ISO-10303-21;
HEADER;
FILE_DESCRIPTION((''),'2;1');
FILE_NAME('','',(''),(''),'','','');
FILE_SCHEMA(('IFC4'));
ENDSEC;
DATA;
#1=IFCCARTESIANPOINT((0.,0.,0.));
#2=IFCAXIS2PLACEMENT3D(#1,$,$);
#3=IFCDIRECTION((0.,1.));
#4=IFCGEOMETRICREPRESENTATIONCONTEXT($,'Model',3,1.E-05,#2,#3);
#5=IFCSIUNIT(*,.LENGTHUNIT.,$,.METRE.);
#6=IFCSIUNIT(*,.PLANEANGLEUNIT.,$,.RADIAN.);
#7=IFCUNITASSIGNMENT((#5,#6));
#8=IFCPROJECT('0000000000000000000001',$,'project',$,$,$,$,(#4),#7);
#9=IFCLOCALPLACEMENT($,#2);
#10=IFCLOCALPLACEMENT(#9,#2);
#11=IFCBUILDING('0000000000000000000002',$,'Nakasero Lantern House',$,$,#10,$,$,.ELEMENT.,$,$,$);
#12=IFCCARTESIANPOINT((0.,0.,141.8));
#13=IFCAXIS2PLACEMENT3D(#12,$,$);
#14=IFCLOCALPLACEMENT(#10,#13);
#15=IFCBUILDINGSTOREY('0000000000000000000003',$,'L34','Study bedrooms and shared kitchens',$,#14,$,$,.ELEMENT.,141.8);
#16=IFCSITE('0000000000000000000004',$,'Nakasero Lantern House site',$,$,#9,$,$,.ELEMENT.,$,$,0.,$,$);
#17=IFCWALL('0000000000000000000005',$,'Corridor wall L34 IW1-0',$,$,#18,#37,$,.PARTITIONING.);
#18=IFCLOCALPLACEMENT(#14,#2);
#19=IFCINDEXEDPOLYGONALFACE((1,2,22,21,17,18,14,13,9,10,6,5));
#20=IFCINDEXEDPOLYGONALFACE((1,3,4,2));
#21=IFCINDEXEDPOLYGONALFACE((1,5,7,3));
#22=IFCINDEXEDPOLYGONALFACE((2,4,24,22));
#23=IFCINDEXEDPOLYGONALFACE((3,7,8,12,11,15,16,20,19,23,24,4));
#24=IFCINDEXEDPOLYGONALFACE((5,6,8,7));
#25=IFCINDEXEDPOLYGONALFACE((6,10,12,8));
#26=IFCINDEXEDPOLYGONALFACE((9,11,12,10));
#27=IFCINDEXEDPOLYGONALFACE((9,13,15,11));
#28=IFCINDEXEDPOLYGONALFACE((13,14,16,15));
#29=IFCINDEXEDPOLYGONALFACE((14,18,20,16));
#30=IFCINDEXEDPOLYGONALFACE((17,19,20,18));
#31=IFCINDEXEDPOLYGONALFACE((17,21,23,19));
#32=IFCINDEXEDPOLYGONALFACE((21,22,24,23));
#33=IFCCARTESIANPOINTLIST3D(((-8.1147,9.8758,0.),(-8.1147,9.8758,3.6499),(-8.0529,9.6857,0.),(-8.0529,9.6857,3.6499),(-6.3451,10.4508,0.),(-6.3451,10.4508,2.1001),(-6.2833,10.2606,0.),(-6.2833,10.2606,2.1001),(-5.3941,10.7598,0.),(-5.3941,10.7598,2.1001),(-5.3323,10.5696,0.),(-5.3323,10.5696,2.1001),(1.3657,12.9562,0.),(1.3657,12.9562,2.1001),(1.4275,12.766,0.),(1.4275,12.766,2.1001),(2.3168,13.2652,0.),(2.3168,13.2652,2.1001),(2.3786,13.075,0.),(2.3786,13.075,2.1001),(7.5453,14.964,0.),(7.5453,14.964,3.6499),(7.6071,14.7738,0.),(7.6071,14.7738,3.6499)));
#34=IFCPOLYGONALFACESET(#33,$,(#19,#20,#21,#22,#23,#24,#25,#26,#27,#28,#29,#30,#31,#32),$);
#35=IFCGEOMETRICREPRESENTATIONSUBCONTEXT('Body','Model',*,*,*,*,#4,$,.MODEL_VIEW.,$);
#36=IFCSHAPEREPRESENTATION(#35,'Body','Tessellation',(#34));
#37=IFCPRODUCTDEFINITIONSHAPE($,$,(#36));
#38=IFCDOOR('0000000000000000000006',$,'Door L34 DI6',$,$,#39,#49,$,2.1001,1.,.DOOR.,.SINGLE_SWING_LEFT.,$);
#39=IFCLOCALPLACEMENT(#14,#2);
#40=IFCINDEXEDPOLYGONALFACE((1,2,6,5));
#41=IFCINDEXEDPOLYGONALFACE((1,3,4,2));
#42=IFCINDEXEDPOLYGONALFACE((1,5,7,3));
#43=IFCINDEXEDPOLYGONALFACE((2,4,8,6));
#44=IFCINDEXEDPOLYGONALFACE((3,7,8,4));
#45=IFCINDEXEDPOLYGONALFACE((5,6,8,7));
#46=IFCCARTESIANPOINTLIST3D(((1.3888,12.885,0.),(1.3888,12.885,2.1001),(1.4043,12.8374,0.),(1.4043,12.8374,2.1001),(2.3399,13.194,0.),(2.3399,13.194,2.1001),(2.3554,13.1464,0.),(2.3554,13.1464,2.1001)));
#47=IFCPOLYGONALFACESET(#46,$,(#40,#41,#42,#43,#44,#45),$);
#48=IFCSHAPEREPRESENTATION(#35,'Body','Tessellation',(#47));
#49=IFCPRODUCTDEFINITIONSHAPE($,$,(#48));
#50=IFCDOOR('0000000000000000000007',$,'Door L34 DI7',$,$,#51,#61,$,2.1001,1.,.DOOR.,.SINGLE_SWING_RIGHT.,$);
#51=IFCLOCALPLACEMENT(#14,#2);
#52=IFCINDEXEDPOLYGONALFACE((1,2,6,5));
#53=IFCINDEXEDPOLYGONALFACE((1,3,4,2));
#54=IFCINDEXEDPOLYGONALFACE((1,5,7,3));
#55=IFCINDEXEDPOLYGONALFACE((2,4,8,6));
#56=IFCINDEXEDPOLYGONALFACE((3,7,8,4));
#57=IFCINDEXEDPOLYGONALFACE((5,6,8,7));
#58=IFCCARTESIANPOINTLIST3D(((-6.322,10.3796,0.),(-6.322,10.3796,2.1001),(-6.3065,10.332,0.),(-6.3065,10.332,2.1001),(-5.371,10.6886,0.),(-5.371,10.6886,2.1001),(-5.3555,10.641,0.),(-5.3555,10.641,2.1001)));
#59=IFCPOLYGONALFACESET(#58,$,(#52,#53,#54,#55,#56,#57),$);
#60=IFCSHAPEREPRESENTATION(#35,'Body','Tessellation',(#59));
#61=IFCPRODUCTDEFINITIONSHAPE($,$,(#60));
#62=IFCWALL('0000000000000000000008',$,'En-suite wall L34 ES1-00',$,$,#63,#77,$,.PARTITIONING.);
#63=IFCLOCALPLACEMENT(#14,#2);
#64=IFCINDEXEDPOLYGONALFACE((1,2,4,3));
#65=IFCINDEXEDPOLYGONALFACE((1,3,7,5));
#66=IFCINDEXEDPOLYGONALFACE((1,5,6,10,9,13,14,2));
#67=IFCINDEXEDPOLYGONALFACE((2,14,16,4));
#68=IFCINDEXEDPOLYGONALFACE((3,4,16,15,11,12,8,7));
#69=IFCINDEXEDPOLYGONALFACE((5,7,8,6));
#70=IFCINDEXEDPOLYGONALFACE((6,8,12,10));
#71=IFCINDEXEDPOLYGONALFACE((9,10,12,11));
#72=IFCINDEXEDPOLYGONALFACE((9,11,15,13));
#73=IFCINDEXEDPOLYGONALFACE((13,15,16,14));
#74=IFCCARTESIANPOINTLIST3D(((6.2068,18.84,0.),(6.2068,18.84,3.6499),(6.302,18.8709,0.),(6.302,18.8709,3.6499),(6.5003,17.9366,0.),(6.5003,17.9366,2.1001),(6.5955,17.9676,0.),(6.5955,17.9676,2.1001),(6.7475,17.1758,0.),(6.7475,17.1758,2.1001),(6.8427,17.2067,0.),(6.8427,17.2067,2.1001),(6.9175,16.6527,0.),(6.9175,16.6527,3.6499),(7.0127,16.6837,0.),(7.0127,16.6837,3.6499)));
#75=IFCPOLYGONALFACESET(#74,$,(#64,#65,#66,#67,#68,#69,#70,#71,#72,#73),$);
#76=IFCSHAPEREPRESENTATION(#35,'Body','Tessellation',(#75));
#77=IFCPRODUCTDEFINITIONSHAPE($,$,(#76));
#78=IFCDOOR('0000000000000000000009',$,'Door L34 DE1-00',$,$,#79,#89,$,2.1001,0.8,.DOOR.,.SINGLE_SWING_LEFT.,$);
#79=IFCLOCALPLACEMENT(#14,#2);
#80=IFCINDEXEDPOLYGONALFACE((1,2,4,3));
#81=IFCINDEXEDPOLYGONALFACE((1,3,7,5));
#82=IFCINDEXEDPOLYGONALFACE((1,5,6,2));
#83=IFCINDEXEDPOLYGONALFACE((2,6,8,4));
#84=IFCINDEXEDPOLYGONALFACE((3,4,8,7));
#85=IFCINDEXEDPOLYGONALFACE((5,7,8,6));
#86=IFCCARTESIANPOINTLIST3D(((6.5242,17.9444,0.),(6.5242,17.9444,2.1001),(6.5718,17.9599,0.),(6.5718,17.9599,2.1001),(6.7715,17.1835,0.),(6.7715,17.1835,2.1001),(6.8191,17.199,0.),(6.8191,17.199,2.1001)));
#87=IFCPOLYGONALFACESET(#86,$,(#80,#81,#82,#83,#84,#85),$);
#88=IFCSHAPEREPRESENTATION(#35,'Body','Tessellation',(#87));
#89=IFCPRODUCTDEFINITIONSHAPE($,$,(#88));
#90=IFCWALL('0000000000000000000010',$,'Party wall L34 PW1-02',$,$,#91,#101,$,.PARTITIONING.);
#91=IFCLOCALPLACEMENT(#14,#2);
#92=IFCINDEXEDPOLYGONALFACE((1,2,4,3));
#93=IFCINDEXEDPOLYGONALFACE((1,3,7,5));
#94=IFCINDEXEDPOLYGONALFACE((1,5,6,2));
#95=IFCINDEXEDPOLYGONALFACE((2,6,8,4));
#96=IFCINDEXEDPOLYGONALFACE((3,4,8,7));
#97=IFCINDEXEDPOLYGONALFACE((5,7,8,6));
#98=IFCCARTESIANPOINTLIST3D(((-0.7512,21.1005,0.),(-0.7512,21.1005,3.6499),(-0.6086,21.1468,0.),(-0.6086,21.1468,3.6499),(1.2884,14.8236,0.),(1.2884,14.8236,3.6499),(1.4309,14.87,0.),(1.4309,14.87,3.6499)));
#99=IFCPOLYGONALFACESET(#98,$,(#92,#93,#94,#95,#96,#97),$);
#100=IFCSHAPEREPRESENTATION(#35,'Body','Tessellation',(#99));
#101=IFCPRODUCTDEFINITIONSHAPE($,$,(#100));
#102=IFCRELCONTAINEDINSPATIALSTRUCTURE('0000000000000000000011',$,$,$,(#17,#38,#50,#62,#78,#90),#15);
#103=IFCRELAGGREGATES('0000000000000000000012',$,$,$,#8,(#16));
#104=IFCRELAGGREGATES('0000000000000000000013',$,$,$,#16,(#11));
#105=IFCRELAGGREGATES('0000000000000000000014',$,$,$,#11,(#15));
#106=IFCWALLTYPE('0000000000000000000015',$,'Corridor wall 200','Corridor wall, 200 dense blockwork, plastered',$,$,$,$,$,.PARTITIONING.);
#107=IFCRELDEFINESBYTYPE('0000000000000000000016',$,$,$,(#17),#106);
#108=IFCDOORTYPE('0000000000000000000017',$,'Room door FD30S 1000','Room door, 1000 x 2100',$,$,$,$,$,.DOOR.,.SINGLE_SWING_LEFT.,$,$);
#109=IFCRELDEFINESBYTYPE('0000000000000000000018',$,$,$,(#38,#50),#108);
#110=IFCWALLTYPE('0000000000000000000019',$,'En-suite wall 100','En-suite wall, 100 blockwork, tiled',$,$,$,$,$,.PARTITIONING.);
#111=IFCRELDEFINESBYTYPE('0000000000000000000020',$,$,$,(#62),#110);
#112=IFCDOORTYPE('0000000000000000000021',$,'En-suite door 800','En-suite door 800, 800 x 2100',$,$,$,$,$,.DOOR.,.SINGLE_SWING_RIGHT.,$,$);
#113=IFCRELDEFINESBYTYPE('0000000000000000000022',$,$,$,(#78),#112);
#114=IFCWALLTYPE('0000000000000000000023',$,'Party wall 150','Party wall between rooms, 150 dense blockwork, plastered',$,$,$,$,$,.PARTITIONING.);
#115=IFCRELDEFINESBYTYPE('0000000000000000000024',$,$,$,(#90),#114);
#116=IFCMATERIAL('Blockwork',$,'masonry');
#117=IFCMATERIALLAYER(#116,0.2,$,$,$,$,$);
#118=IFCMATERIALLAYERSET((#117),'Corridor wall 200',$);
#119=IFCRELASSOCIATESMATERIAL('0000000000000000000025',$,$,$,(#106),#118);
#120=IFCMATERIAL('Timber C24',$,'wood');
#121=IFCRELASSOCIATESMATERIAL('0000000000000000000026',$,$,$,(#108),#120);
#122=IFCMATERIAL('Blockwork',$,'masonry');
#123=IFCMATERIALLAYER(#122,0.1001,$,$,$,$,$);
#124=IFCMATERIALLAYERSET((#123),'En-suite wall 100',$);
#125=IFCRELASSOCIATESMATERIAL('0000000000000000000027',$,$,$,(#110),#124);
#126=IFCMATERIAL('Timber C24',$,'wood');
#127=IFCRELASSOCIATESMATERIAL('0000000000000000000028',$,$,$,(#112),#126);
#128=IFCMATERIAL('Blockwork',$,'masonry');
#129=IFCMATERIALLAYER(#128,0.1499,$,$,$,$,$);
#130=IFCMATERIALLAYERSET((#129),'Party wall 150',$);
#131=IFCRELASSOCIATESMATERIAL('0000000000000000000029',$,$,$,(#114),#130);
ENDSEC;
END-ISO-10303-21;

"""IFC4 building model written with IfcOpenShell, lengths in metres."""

from ifc_helpers import new_model, si_unit, direction, frame, frame_2d, origin, place, context, subcontext, project, spatial, rectangle, extrude, material, layer, layer_set, type_object, element, fill, save


model = new_model("IFC4")

# Units and contexts
model_context = context("Model", 3, precision=1e-05, world=origin(), true_north=direction((0.0, 1.0)))
body_context = subcontext(model_context, "Body", "Model", "MODEL_VIEW")
ifc_project = project(units=[si_unit("LENGTHUNIT", "METRE"), si_unit("PLANEANGLEUNIT", "RADIAN")], contexts=[model_context])

# Site, building, storey
site_placement = place(None, origin())
site = spatial("IfcSite", under=ifc_project, at=site_placement, Name="Nakasero Lantern House site", CompositionType="ELEMENT", RefElevation=0.0)
building_placement = place(site_placement, origin())
building = spatial("IfcBuilding", under=site, at=building_placement, Name="Nakasero Lantern House", CompositionType="ELEMENT")
storey_placement = place(building_placement, frame((0.0, 0.0, 141.8)))
storey = spatial("IfcBuildingStorey", under=building, at=storey_placement, Name="L34", Description="Study bedrooms and shared kitchens", CompositionType="ELEMENT", Elevation=141.8)

# Wall, openings, doors
ifc_material_1 = material(Name="Blockwork", Category="masonry")
ifc_layer_1 = layer(ifc_material_1, 0.2)
ifc_layer_set_1 = layer_set([ifc_layer_1], Name="Corridor wall 200")
wall_type_1 = type_object("IfcWallType", Name="Corridor wall 200", Description="Corridor wall, 200 dense blockwork, plastered", PredefinedType="PARTITIONING", material=ifc_layer_set_1)
wall_1_placement = place(storey_placement, frame((7.5762, 14.8689, 0.0), z_axis=(0.0, 0.0, 1.0), x_axis=(-0.951058, -0.309013, 0.0)))
wall_1 = element("IfcWall", 1, at=wall_1_placement, inside=storey, type_object=wall_type_1, Name="Corridor wall L34 IW1-0", PredefinedType="PARTITIONING", context=body_context, shape_type="SweptSolid", body=[
    extrude(rectangle(XDim=16.4658, YDim=0.2, at=frame_2d((8.2329, 0.0))), origin(), (0.0, 0.0, 1.0), 3.6499),
])
opening_1_placement = place(wall_1_placement, frame((5.4976, 0.0, 0.0)))
opening_1 = element("IfcOpeningElement", 2, at=opening_1_placement, cuts=wall_1, PredefinedType="OPENING", context=body_context, shape_type="SweptSolid", body=[
    extrude(rectangle(XDim=1.0, YDim=2.1001, at=frame_2d((0.5, 1.05))), frame((0.0, 0.1199, 0.0), z_axis=(0.0, -1.0, 0.0), x_axis=(1.0, 0.0, 0.0)), (0.0, 0.0, 1.0), 0.24),
])
opening_2_placement = place(wall_1_placement, frame((13.6052, 0.0, 0.0)))
opening_2 = element("IfcOpeningElement", 3, at=opening_2_placement, cuts=wall_1, PredefinedType="OPENING", context=body_context, shape_type="SweptSolid", body=[
    extrude(rectangle(XDim=1.0, YDim=2.1001, at=frame_2d((0.5, 1.05))), frame((0.0, 0.1199, 0.0), z_axis=(0.0, -1.0, 0.0), x_axis=(1.0, 0.0, 0.0)), (0.0, 0.0, 1.0), 0.24),
])
ifc_material_2 = material(Name="Timber C24", Category="wood")
door_type_1 = type_object("IfcDoorType", Name="Room door FD30S 1000", Description="Room door, 1000 x 2100", OperationType="SINGLE_SWING_LEFT", PredefinedType="DOOR", material=ifc_material_2)
door_1_placement = place(opening_1_placement, origin())
door_1 = element("IfcDoor", 4, at=door_1_placement, inside=storey, type_object=door_type_1, Name="Door L34 DI6", OperationType="SINGLE_SWING_LEFT", OverallHeight=2.1001, OverallWidth=1.0, PredefinedType="DOOR", context=body_context, shape_type="SweptSolid", body=[
    extrude(rectangle(XDim=1.0, YDim=2.1001, at=frame_2d((0.5, 1.05))), frame((0.0, 0.0249, 0.0), z_axis=(0.0, -1.0, 0.0), x_axis=(1.0, 0.0, 0.0)), (0.0, 0.0, 1.0), 0.05),
])
fill(opening_1, door_1)
door_2_placement = place(opening_2_placement, origin())
door_2 = element("IfcDoor", 5, at=door_2_placement, inside=storey, type_object=door_type_1, Name="Door L34 DI7", OperationType="SINGLE_SWING_RIGHT", OverallHeight=2.1001, OverallWidth=1.0, PredefinedType="DOOR", context=body_context, shape_type="SweptSolid", body=[
    extrude(rectangle(XDim=1.0, YDim=2.1001, at=frame_2d((0.5, 1.05))), frame((0.0, 0.0249, 0.0), z_axis=(0.0, -1.0, 0.0), x_axis=(1.0, 0.0, 0.0)), (0.0, 0.0, 1.0), 0.05),
])
fill(opening_2, door_2)

# Wall, opening, door
ifc_material_3 = material(Name="Blockwork", Category="masonry")
ifc_layer_2 = layer(ifc_material_3, 0.1001)
ifc_layer_set_2 = layer_set([ifc_layer_2], Name="En-suite wall 100")
wall_type_2 = type_object("IfcWallType", Name="En-suite wall 100", Description="En-suite wall, 100 blockwork, tiled", PredefinedType="PARTITIONING", material=ifc_layer_set_2)
wall_2_placement = place(storey_placement, frame((6.9651, 16.6682, 0.0), z_axis=(0.0, 0.0, 1.0), x_axis=(-0.309021, 0.951055, 0.0)))
wall_2 = element("IfcWall", 6, at=wall_2_placement, inside=storey, type_object=wall_type_2, Name="En-suite wall L34 ES1-00", PredefinedType="PARTITIONING", context=body_context, shape_type="SweptSolid", body=[
    extrude(rectangle(XDim=2.2998, YDim=0.1001, at=frame_2d((1.1499, 0.0))), origin(), (0.0, 0.0, 1.0), 3.6499),
])
opening_3_placement = place(wall_2_placement, frame((0.55, 0.0, 0.0)))
opening_3 = element("IfcOpeningElement", 7, at=opening_3_placement, cuts=wall_2, PredefinedType="OPENING", context=body_context, shape_type="SweptSolid", body=[
    extrude(rectangle(XDim=0.8, YDim=2.1001, at=frame_2d((0.3999, 1.05))), frame((0.0, 0.0701, 0.0), z_axis=(0.0, -1.0, 0.0), x_axis=(1.0, 0.0, 0.0)), (0.0, 0.0, 1.0), 0.1401),
])
ifc_material_4 = material(Name="Timber C24", Category="wood")
door_type_2 = type_object("IfcDoorType", Name="En-suite door 800", Description="En-suite door 800, 800 x 2100", OperationType="SINGLE_SWING_RIGHT", PredefinedType="DOOR", material=ifc_material_4)
door_3_placement = place(opening_3_placement, origin())
door_3 = element("IfcDoor", 8, at=door_3_placement, inside=storey, type_object=door_type_2, Name="Door L34 DE1-00", OperationType="SINGLE_SWING_LEFT", OverallHeight=2.1001, OverallWidth=0.8, PredefinedType="DOOR", context=body_context, shape_type="SweptSolid", body=[
    extrude(rectangle(XDim=0.8, YDim=2.1001, at=frame_2d((0.3999, 1.05))), frame((0.0, 0.0249, 0.0), z_axis=(0.0, -1.0, 0.0), x_axis=(1.0, 0.0, 0.0)), (0.0, 0.0, 1.0), 0.05),
])
fill(opening_3, door_3)

# Wall
ifc_material_5 = material(Name="Blockwork", Category="masonry")
ifc_layer_3 = layer(ifc_material_5, 0.1499)
ifc_layer_set_3 = layer_set([ifc_layer_3], Name="Party wall 150")
wall_type_3 = type_object("IfcWallType", Name="Party wall 150", Description="Party wall between rooms, 150 dense blockwork, plastered", PredefinedType="PARTITIONING", material=ifc_layer_set_3)
wall_3_placement = place(storey_placement, frame((1.3596, 14.8469, 0.0), z_axis=(0.0, 0.0, 1.0), x_axis=(-0.309028, 0.951053, 0.0)))
element("IfcWall", 9, at=wall_3_placement, inside=storey, type_object=wall_type_3, Name="Party wall L34 PW1-02", PredefinedType="PARTITIONING", context=body_context, shape_type="SweptSolid", body=[
    extrude(rectangle(XDim=6.5999, YDim=0.1499, at=frame_2d((3.2998, 0.0))), origin(), (0.0, 0.0, 1.0), 3.6499),
])

save(model, "model.ifc")
